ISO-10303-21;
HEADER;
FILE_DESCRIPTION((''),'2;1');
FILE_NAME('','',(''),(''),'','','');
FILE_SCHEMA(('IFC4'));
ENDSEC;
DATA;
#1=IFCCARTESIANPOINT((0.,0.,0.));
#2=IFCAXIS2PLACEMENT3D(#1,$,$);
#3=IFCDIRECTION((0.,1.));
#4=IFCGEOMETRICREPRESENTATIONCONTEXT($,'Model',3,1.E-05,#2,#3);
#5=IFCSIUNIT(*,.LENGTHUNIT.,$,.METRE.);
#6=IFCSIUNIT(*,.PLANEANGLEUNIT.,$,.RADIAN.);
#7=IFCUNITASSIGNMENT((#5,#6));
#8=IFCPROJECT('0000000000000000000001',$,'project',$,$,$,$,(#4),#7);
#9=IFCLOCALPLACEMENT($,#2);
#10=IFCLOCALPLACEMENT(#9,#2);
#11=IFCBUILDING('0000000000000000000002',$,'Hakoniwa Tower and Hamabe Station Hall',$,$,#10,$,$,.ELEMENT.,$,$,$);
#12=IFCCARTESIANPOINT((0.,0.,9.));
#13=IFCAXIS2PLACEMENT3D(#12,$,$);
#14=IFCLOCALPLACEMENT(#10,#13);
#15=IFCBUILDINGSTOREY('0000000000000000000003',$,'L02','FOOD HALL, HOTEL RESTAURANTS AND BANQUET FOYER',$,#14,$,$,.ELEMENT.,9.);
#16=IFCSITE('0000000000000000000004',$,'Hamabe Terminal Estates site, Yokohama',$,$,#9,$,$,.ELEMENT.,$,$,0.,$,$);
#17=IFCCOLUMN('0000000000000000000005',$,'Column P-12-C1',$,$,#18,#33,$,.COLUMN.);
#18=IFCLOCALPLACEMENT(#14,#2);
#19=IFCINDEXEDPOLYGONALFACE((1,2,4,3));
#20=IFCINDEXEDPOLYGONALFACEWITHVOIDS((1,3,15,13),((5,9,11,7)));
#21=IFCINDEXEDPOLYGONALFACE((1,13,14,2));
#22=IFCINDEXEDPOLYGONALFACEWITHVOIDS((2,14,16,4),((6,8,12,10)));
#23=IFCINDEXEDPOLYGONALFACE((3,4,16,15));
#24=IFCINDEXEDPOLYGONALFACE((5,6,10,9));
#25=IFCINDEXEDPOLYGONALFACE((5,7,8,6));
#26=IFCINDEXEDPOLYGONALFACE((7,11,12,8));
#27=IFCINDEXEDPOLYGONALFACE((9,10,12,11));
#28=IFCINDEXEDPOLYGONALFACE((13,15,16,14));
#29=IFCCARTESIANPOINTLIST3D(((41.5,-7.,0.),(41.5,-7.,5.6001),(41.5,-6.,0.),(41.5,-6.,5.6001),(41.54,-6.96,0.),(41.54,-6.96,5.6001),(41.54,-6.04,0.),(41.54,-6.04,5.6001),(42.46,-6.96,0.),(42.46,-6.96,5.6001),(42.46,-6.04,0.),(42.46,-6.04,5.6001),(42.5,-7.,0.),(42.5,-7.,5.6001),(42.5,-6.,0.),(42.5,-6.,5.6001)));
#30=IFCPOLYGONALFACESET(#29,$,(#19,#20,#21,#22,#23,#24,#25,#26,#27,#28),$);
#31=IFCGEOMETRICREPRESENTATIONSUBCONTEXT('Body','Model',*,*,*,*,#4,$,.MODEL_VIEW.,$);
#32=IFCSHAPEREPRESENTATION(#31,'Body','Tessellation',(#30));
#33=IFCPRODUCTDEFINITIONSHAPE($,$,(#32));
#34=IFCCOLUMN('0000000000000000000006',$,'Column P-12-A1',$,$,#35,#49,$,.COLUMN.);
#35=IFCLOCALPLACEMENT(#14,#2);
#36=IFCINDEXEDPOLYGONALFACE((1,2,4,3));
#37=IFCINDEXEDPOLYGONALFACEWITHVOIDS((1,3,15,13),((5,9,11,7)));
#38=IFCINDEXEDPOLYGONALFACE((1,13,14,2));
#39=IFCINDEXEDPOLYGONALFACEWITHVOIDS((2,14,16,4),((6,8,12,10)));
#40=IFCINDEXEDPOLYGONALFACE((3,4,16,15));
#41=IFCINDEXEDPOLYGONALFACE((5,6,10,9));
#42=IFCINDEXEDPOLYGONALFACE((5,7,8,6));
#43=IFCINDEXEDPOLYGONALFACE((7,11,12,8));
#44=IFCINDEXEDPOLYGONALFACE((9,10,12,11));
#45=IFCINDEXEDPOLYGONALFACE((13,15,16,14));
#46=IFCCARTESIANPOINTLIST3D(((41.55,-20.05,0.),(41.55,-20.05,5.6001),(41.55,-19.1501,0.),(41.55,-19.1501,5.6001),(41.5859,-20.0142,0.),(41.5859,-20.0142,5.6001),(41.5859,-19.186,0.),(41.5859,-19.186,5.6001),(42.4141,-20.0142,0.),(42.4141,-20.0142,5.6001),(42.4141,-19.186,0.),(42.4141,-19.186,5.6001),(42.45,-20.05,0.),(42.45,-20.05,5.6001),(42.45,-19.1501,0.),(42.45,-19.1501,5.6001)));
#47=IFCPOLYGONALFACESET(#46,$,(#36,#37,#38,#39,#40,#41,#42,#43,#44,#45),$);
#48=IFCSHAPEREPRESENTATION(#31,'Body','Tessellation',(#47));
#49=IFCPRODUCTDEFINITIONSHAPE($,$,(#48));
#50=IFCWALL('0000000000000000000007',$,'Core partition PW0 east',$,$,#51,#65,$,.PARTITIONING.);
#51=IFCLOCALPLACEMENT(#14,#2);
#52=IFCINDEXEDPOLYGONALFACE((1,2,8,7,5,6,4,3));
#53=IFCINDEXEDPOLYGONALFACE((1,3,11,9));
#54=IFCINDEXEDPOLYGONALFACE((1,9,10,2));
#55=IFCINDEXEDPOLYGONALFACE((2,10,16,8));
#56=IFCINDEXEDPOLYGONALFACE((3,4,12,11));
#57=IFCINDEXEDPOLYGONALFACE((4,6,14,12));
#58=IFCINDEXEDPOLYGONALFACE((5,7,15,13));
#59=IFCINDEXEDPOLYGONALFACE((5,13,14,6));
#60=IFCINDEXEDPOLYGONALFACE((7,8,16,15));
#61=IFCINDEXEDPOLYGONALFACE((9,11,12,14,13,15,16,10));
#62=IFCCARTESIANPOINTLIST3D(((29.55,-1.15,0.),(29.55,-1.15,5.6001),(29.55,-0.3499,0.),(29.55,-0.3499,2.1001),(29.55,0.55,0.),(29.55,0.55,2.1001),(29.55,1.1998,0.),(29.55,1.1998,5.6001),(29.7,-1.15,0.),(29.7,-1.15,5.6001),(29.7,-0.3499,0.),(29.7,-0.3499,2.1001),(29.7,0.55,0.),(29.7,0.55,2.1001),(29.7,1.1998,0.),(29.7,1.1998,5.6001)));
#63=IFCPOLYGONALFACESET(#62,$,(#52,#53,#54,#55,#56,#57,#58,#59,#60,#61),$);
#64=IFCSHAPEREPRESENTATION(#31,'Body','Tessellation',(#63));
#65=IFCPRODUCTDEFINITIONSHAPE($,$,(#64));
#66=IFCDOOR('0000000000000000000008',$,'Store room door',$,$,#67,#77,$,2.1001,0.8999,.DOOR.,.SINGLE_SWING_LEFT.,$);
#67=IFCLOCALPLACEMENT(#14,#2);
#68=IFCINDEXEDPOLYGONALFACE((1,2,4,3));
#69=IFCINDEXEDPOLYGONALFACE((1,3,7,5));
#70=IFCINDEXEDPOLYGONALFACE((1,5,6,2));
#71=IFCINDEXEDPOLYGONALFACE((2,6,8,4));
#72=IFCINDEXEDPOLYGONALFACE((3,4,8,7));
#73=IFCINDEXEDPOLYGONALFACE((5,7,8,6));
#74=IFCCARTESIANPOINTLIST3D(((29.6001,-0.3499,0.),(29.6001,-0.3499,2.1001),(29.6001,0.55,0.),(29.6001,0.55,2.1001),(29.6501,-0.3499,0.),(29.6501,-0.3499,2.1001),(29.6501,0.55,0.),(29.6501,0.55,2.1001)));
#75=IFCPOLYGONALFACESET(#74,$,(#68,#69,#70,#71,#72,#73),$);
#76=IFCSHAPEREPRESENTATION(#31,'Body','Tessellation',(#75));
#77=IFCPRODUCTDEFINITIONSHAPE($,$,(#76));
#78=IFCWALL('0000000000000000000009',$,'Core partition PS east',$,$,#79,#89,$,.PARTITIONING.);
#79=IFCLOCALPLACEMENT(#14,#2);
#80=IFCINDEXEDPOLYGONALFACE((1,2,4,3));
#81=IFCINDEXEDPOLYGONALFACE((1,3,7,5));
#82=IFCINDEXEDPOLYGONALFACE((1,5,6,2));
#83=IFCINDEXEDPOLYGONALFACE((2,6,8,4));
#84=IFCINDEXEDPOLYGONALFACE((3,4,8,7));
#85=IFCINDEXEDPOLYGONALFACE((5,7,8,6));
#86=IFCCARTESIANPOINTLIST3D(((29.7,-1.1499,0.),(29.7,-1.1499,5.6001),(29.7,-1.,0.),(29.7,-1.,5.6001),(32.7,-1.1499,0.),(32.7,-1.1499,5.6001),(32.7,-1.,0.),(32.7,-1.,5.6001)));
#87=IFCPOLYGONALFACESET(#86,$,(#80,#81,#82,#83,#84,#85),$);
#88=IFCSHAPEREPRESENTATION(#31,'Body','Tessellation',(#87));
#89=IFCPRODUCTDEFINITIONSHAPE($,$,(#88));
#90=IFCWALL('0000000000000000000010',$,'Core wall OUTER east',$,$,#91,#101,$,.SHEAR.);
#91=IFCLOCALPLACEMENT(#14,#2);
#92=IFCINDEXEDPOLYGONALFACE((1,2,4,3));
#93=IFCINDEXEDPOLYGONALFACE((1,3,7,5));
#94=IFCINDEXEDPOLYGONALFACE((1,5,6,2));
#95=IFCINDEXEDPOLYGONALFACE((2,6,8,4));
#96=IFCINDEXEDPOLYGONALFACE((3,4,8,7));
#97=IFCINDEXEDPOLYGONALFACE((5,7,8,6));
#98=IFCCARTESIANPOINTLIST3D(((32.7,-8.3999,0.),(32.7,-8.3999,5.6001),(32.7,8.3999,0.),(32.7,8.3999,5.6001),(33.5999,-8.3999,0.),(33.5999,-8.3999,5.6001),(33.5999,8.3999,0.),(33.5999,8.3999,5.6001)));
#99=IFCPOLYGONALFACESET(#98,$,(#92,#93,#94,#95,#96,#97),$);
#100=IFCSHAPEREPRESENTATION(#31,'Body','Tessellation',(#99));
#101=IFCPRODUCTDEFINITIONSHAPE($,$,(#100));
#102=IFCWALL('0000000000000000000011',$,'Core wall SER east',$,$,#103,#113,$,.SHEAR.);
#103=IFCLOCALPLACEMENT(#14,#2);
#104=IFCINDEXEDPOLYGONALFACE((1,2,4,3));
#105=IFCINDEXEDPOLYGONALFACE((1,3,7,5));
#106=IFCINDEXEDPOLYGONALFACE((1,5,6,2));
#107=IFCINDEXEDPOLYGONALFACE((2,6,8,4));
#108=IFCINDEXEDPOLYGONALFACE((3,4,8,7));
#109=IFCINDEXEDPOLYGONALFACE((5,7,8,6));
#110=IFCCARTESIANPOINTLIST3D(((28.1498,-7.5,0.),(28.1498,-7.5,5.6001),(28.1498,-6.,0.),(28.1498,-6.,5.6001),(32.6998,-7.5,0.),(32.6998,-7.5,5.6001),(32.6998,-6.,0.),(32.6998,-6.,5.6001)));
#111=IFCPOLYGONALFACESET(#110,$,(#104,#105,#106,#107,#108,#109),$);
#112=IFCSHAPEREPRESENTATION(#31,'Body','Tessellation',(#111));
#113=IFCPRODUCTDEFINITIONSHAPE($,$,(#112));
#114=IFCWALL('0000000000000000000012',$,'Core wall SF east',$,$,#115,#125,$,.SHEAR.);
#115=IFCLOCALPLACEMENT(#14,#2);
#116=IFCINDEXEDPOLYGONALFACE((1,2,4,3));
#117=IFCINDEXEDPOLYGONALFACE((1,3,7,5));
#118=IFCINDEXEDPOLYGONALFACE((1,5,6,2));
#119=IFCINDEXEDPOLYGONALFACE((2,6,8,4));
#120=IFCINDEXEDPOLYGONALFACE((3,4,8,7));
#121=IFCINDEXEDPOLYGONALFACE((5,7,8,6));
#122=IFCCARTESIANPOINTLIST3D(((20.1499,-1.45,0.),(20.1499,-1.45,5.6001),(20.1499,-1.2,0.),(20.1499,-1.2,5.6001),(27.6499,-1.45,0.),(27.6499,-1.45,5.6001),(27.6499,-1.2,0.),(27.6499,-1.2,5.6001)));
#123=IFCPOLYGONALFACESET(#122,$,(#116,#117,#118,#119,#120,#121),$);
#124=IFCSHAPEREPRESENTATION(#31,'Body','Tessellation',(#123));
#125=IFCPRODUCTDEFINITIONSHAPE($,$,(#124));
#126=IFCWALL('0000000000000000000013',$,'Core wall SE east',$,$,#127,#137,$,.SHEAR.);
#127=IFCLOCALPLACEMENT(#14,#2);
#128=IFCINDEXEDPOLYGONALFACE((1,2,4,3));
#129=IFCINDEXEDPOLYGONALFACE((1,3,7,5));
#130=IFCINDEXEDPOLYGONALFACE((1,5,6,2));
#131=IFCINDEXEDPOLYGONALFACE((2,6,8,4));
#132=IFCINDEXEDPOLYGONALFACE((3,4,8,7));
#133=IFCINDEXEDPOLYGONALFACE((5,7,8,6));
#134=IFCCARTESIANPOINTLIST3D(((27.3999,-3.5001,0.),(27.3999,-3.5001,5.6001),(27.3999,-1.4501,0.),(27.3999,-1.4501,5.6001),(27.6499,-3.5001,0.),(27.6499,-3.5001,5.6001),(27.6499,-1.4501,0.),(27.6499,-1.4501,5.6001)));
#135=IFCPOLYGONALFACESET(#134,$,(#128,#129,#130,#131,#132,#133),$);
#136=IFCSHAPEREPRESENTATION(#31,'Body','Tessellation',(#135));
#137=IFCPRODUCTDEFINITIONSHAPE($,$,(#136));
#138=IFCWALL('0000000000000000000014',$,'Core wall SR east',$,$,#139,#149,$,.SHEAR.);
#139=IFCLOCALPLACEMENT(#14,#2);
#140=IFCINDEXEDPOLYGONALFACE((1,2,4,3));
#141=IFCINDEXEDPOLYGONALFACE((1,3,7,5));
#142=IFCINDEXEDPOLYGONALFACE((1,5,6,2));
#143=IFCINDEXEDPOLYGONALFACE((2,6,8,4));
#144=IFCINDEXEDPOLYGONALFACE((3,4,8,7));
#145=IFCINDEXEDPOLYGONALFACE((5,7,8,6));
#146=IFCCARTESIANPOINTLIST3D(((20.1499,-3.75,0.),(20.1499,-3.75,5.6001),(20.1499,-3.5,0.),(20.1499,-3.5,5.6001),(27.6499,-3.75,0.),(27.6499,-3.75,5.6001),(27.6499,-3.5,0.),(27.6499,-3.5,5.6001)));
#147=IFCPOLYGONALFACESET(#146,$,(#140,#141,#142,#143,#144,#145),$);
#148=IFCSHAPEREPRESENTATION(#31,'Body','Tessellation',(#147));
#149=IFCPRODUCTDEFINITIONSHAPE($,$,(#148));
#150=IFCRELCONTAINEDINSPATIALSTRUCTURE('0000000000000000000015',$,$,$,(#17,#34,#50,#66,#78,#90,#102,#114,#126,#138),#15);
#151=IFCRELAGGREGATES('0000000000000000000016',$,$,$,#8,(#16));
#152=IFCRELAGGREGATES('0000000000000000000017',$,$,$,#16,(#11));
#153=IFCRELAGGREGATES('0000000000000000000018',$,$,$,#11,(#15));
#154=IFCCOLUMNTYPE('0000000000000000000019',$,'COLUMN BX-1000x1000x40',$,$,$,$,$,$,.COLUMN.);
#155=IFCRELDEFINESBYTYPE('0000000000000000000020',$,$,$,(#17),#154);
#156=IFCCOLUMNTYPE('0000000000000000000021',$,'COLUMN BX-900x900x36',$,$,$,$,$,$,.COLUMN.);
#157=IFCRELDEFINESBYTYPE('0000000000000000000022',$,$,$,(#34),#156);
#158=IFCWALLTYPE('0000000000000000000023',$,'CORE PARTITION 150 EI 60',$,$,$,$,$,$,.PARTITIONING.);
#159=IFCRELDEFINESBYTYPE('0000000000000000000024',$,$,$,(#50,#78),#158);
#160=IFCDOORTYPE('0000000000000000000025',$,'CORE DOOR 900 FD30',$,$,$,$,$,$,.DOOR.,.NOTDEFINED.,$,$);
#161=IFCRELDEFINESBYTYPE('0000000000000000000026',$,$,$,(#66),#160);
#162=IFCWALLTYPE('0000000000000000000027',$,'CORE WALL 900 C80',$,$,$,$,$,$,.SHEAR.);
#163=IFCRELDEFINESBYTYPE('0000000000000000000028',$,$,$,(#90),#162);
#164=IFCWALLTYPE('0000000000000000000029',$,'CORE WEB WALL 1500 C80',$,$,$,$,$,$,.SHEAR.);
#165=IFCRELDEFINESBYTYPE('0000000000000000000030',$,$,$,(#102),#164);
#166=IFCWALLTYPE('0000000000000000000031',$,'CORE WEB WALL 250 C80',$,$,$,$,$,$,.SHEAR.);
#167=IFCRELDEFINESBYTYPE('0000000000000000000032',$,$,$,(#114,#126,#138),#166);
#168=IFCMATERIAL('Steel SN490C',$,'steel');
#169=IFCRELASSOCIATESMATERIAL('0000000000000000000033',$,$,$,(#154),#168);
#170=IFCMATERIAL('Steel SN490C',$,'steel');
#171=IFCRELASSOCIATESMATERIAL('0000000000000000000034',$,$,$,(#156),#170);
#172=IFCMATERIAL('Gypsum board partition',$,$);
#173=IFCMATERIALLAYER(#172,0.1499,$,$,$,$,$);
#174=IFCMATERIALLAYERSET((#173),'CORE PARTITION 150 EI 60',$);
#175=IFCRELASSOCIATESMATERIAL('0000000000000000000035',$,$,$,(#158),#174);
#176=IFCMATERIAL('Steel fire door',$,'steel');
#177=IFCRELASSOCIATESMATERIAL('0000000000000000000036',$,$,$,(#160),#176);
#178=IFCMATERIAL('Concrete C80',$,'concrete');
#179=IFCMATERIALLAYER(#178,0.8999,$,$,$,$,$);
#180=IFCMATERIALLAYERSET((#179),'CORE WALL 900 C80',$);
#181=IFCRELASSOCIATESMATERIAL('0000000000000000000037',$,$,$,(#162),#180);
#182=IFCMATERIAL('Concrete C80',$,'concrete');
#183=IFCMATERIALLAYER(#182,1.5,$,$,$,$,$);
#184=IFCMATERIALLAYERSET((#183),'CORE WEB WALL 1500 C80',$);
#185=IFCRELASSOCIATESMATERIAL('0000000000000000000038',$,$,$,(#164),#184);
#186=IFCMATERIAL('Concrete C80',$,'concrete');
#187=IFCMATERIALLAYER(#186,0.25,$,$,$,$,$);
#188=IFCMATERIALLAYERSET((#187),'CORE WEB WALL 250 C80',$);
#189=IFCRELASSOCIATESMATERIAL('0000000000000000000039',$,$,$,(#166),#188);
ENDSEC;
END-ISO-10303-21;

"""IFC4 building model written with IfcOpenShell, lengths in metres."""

from ifc_helpers import new_model, si_unit, direction, frame, frame_2d, origin, origin_2d, place, context, subcontext, project, spatial, rectangle, hollow_rectangle, extrude, material, layer, layer_set, material_profile, profile_set, type_object, element, fill, save


model = new_model("IFC4")

# Units and contexts
model_context = context("Model", 3, precision=1e-05, world=origin(), true_north=direction((0.0, 1.0)))
body_context = subcontext(model_context, "Body", "Model", "MODEL_VIEW")
ifc_project = project(units=[si_unit("LENGTHUNIT", "METRE"), si_unit("PLANEANGLEUNIT", "RADIAN")], contexts=[model_context])

# Site, building, storey
site_placement = place(None, origin())
site = spatial("IfcSite", under=ifc_project, at=site_placement, Name="Hamabe Terminal Estates site, Yokohama", CompositionType="ELEMENT", RefElevation=0.0)
building_placement = place(site_placement, origin())
building = spatial("IfcBuilding", under=site, at=building_placement, Name="Hakoniwa Tower and Hamabe Station Hall", CompositionType="ELEMENT")
storey_placement = place(building_placement, frame((0.0, 0.0, 9.0)))
storey = spatial("IfcBuildingStorey", under=building, at=storey_placement, Name="L02", Description="FOOD HALL, HOTEL RESTAURANTS AND BANQUET FOYER", CompositionType="ELEMENT", Elevation=9.0)

# Columns
ifc_material_1 = material(Name="Steel SN490C", Category="steel")
ifc_material_profile_1 = material_profile(ifc_material_1, hollow_rectangle(XDim=1.0, YDim=1.0, WallThickness=0.04, at=origin_2d()), Name="BX-1000x1000x40")
ifc_profile_set_1 = profile_set([ifc_material_profile_1], Name="Steel SN490C")
column_type_1 = type_object("IfcColumnType", Name="COLUMN BX-1000x1000x40", PredefinedType="COLUMN", material=ifc_profile_set_1)
column_1_placement = place(storey_placement, frame((42.0, -6.5, 0.0), z_axis=(0.0, 0.0, 1.0), x_axis=(1.0, 0.0, 0.0)))
element("IfcColumn", 1, at=column_1_placement, inside=storey, type_object=column_type_1, Name="Column P-12-C1", PredefinedType="COLUMN", context=body_context, shape_type="SweptSolid", body=[
    extrude(hollow_rectangle(XDim=1.0, YDim=1.0, WallThickness=0.04, at=origin_2d()), origin(), (0.0, 0.0, 1.0), 5.6001),
])
ifc_material_2 = material(Name="Steel SN490C", Category="steel")
ifc_material_profile_2 = material_profile(ifc_material_2, hollow_rectangle(XDim=0.8999, YDim=0.8999, WallThickness=0.0359, at=origin_2d()), Name="BX-900x900x36")
ifc_profile_set_2 = profile_set([ifc_material_profile_2], Name="Steel SN490C")
column_type_2 = type_object("IfcColumnType", Name="COLUMN BX-900x900x36", PredefinedType="COLUMN", material=ifc_profile_set_2)
column_2_placement = place(storey_placement, frame((42.0, -19.6001, 0.0), z_axis=(0.0, 0.0, 1.0), x_axis=(1.0, 0.0, 0.0)))
element("IfcColumn", 2, at=column_2_placement, inside=storey, type_object=column_type_2, Name="Column P-12-A1", PredefinedType="COLUMN", context=body_context, shape_type="SweptSolid", body=[
    extrude(hollow_rectangle(XDim=0.8999, YDim=0.8999, WallThickness=0.0359, at=origin_2d()), origin(), (0.0, 0.0, 1.0), 5.6001),
])

# Wall, opening, door
ifc_material_3 = material(Name="Gypsum board partition")
ifc_layer_1 = layer(ifc_material_3, 0.1499)
ifc_layer_set_1 = layer_set([ifc_layer_1], Name="CORE PARTITION 150 EI 60")
wall_type_1 = type_object("IfcWallType", Name="CORE PARTITION 150 EI 60", PredefinedType="PARTITIONING", material=ifc_layer_set_1)
wall_1_placement = place(storey_placement, frame((29.625, -1.1499, 0.0), z_axis=(0.0, 0.0, 1.0), x_axis=(0.0, 1.0, 0.0)))
wall_1 = element("IfcWall", 3, at=wall_1_placement, inside=storey, type_object=wall_type_1, Name="Core partition PW0 east", PredefinedType="PARTITIONING", context=body_context, shape_type="SweptSolid", body=[
    extrude(rectangle(XDim=2.3499, YDim=0.1499, at=frame_2d((1.1748, 0.0))), origin(), (0.0, 0.0, 1.0), 5.6001),
])
opening_1_placement = place(wall_1_placement, frame((0.8, 0.0, 0.0)))
opening_1 = element("IfcOpeningElement", 4, at=opening_1_placement, cuts=wall_1, PredefinedType="OPENING", context=body_context, shape_type="SweptSolid", body=[
    extrude(rectangle(XDim=0.8999, YDim=2.1001, at=frame_2d((0.45, 1.05))), frame((0.0, 0.085, 0.0), z_axis=(0.0, -1.0, 0.0), x_axis=(1.0, 0.0, 0.0)), (0.0, 0.0, 1.0), 0.1699),
])
ifc_material_4 = material(Name="Steel fire door", Category="steel")
door_type_1 = type_object("IfcDoorType", Name="CORE DOOR 900 FD30", OperationType="NOTDEFINED", PredefinedType="DOOR", material=ifc_material_4)
door_1_placement = place(opening_1_placement, origin())
door_1 = element("IfcDoor", 5, at=door_1_placement, inside=storey, type_object=door_type_1, Name="Store room door", OperationType="SINGLE_SWING_LEFT", OverallHeight=2.1001, OverallWidth=0.8999, PredefinedType="DOOR", context=body_context, shape_type="SweptSolid", body=[
    extrude(rectangle(XDim=0.8999, YDim=2.1001, at=frame_2d((0.45, 1.05))), frame((0.0, 0.0249, 0.0), z_axis=(0.0, -1.0, 0.0), x_axis=(1.0, 0.0, 0.0)), (0.0, 0.0, 1.0), 0.05),
])
fill(opening_1, door_1)

# Walls
wall_2_placement = place(storey_placement, frame((29.7, -1.075, 0.0), z_axis=(0.0, 0.0, 1.0), x_axis=(1.0, 0.0, 0.0)))
element("IfcWall", 6, at=wall_2_placement, inside=storey, type_object=wall_type_1, Name="Core partition PS east", PredefinedType="PARTITIONING", context=body_context, shape_type="SweptSolid", body=[
    extrude(rectangle(XDim=3.0, YDim=0.1499, at=frame_2d((1.5, 0.0))), origin(), (0.0, 0.0, 1.0), 5.6001),
])
ifc_material_5 = material(Name="Concrete C80", Category="concrete")
ifc_layer_2 = layer(ifc_material_5, 0.8999)
ifc_layer_set_2 = layer_set([ifc_layer_2], Name="CORE WALL 900 C80")
wall_type_2 = type_object("IfcWallType", Name="CORE WALL 900 C80", PredefinedType="SHEAR", material=ifc_layer_set_2)
wall_3_placement = place(storey_placement, frame((33.1499, -8.3999, 0.0), z_axis=(0.0, 0.0, 1.0), x_axis=(0.0, 1.0, 0.0)))
element("IfcWall", 7, at=wall_3_placement, inside=storey, type_object=wall_type_2, Name="Core wall OUTER east", PredefinedType="SHEAR", context=body_context, shape_type="SweptSolid", body=[
    extrude(rectangle(XDim=16.7998, YDim=0.8999, at=frame_2d((8.3999, 0.0))), origin(), (0.0, 0.0, 1.0), 5.6001),
])
ifc_material_6 = material(Name="Concrete C80", Category="concrete")
ifc_layer_3 = layer(ifc_material_6, 1.5)
ifc_layer_set_3 = layer_set([ifc_layer_3], Name="CORE WEB WALL 1500 C80")
wall_type_3 = type_object("IfcWallType", Name="CORE WEB WALL 1500 C80", PredefinedType="SHEAR", material=ifc_layer_set_3)
wall_4_placement = place(storey_placement, frame((28.1499, -6.75, 0.0), z_axis=(0.0, 0.0, 1.0), x_axis=(1.0, 0.0, 0.0)))
element("IfcWall", 8, at=wall_4_placement, inside=storey, type_object=wall_type_3, Name="Core wall SER east", PredefinedType="SHEAR", context=body_context, shape_type="SweptSolid", body=[
    extrude(rectangle(XDim=4.55, YDim=1.5, at=frame_2d((2.2749, 0.0))), origin(), (0.0, 0.0, 1.0), 5.6001),
])
ifc_material_7 = material(Name="Concrete C80", Category="concrete")
ifc_layer_4 = layer(ifc_material_7, 0.25)
ifc_layer_set_4 = layer_set([ifc_layer_4], Name="CORE WEB WALL 250 C80")
wall_type_4 = type_object("IfcWallType", Name="CORE WEB WALL 250 C80", PredefinedType="SHEAR", material=ifc_layer_set_4)
wall_5_placement = place(storey_placement, frame((20.1499, -1.325, 0.0), z_axis=(0.0, 0.0, 1.0), x_axis=(1.0, 0.0, 0.0)))
element("IfcWall", 9, at=wall_5_placement, inside=storey, type_object=wall_type_4, Name="Core wall SF east", PredefinedType="SHEAR", context=body_context, shape_type="SweptSolid", body=[
    extrude(rectangle(XDim=7.5, YDim=0.25, at=frame_2d((3.75, 0.0))), origin(), (0.0, 0.0, 1.0), 5.6001),
])
wall_6_placement = place(storey_placement, frame((27.5249, -3.5, 0.0), z_axis=(0.0, 0.0, 1.0), x_axis=(0.0, 1.0, 0.0)))
element("IfcWall", 10, at=wall_6_placement, inside=storey, type_object=wall_type_4, Name="Core wall SE east", PredefinedType="SHEAR", context=body_context, shape_type="SweptSolid", body=[
    extrude(rectangle(XDim=2.05, YDim=0.25, at=frame_2d((1.0249, 0.0))), origin(), (0.0, 0.0, 1.0), 5.6001),
])
wall_7_placement = place(storey_placement, frame((20.1499, -3.625, 0.0), z_axis=(0.0, 0.0, 1.0), x_axis=(1.0, 0.0, 0.0)))
element("IfcWall", 11, at=wall_7_placement, inside=storey, type_object=wall_type_4, Name="Core wall SR east", PredefinedType="SHEAR", context=body_context, shape_type="SweptSolid", body=[
    extrude(rectangle(XDim=7.5, YDim=0.25, at=frame_2d((3.75, 0.0))), origin(), (0.0, 0.0, 1.0), 5.6001),
])

save(model, "model.ifc")
